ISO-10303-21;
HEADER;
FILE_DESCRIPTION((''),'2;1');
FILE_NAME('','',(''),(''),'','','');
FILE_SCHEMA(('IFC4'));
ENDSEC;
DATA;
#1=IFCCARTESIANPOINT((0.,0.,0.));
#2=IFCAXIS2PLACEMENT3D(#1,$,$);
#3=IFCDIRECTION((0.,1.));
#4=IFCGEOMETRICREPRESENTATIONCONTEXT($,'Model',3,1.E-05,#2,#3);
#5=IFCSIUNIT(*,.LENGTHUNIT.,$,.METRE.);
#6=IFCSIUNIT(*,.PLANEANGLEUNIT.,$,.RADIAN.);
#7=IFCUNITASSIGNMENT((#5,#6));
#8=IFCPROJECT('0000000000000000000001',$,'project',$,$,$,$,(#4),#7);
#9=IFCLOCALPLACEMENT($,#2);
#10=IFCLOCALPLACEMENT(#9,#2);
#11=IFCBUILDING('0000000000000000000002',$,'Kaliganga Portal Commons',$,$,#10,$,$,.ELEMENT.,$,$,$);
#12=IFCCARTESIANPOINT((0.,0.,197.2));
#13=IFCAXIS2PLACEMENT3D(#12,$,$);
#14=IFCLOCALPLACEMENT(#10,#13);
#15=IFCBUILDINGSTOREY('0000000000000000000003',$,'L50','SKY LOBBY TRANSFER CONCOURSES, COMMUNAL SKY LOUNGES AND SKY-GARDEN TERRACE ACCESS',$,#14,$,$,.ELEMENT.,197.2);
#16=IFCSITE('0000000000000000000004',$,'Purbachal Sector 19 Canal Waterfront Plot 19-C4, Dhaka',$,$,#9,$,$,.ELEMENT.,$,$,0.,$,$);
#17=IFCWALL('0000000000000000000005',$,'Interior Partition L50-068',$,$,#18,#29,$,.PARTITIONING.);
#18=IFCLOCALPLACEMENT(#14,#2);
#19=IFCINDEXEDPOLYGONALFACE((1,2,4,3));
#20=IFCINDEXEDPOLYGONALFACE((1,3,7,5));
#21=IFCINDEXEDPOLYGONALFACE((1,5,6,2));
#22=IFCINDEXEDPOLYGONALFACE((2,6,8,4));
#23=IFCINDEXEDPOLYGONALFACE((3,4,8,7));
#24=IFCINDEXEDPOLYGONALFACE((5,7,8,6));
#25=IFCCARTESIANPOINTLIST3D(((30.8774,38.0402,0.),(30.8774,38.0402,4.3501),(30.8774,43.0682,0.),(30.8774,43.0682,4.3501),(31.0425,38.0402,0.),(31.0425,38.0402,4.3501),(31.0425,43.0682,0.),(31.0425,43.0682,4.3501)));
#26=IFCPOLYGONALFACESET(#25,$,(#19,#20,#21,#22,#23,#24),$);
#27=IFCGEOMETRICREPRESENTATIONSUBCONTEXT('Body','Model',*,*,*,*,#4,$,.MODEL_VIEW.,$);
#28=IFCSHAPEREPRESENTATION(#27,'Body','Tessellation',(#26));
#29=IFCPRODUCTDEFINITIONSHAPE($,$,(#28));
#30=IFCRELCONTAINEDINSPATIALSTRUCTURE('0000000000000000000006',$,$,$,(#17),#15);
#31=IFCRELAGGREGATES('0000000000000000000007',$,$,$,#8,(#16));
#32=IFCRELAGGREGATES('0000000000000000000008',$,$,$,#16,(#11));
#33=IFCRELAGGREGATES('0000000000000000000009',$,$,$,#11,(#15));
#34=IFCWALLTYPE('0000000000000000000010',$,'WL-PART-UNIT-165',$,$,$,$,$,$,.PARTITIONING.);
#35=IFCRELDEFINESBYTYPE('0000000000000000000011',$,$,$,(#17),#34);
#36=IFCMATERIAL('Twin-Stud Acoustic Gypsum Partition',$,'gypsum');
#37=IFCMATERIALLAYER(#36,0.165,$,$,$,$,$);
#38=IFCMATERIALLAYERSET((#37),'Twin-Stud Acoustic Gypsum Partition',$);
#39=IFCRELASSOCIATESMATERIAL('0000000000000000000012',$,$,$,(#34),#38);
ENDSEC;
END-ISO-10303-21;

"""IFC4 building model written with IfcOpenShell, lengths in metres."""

from ifc_helpers import new_model, si_unit, direction, frame, frame_2d, origin, place, context, subcontext, project, spatial, rectangle, extrude, material, layer, layer_set, type_object, element, save


model = new_model("IFC4")

# Units and contexts
model_context = context("Model", 3, precision=1e-05, world=origin(), true_north=direction((0.0, 1.0)))
body_context = subcontext(model_context, "Body", "Model", "MODEL_VIEW")
ifc_project = project(units=[si_unit("LENGTHUNIT", "METRE"), si_unit("PLANEANGLEUNIT", "RADIAN")], contexts=[model_context])

# Site, building, storey
site_placement = place(None, origin())
site = spatial("IfcSite", under=ifc_project, at=site_placement, Name="Purbachal Sector 19 Canal Waterfront Plot 19-C4, Dhaka", CompositionType="ELEMENT", RefElevation=0.0)
building_placement = place(site_placement, origin())
building = spatial("IfcBuilding", under=site, at=building_placement, Name="Kaliganga Portal Commons", CompositionType="ELEMENT")
storey_placement = place(building_placement, frame((0.0, 0.0, 197.2)))
storey = spatial("IfcBuildingStorey", under=building, at=storey_placement, Name="L50", Description="SKY LOBBY TRANSFER CONCOURSES, COMMUNAL SKY LOUNGES AND SKY-GARDEN TERRACE ACCESS", CompositionType="ELEMENT", Elevation=197.2)

# Wall
ifc_material_1 = material(Name="Twin-Stud Acoustic Gypsum Partition", Category="gypsum")
ifc_layer_1 = layer(ifc_material_1, 0.165)
ifc_layer_set_1 = layer_set([ifc_layer_1], Name="Twin-Stud Acoustic Gypsum Partition")
wall_type_1 = type_object("IfcWallType", Name="WL-PART-UNIT-165", PredefinedType="PARTITIONING", material=ifc_layer_set_1)
wall_1_placement = place(storey_placement, frame((30.96, 38.04, 0.0), z_axis=(0.0, 0.0, 1.0), x_axis=(0.0, 1.0, 0.0)))
element("IfcWall", 1, at=wall_1_placement, inside=storey, type_object=wall_type_1, Name="Interior Partition L50-068", PredefinedType="PARTITIONING", context=body_context, shape_type="SweptSolid", body=[
    extrude(rectangle(XDim=5.0281, YDim=0.165, at=frame_2d((2.5142, 0.0))), origin(), (0.0, 0.0, 1.0), 4.3501),
])

save(model, "model.ifc")
